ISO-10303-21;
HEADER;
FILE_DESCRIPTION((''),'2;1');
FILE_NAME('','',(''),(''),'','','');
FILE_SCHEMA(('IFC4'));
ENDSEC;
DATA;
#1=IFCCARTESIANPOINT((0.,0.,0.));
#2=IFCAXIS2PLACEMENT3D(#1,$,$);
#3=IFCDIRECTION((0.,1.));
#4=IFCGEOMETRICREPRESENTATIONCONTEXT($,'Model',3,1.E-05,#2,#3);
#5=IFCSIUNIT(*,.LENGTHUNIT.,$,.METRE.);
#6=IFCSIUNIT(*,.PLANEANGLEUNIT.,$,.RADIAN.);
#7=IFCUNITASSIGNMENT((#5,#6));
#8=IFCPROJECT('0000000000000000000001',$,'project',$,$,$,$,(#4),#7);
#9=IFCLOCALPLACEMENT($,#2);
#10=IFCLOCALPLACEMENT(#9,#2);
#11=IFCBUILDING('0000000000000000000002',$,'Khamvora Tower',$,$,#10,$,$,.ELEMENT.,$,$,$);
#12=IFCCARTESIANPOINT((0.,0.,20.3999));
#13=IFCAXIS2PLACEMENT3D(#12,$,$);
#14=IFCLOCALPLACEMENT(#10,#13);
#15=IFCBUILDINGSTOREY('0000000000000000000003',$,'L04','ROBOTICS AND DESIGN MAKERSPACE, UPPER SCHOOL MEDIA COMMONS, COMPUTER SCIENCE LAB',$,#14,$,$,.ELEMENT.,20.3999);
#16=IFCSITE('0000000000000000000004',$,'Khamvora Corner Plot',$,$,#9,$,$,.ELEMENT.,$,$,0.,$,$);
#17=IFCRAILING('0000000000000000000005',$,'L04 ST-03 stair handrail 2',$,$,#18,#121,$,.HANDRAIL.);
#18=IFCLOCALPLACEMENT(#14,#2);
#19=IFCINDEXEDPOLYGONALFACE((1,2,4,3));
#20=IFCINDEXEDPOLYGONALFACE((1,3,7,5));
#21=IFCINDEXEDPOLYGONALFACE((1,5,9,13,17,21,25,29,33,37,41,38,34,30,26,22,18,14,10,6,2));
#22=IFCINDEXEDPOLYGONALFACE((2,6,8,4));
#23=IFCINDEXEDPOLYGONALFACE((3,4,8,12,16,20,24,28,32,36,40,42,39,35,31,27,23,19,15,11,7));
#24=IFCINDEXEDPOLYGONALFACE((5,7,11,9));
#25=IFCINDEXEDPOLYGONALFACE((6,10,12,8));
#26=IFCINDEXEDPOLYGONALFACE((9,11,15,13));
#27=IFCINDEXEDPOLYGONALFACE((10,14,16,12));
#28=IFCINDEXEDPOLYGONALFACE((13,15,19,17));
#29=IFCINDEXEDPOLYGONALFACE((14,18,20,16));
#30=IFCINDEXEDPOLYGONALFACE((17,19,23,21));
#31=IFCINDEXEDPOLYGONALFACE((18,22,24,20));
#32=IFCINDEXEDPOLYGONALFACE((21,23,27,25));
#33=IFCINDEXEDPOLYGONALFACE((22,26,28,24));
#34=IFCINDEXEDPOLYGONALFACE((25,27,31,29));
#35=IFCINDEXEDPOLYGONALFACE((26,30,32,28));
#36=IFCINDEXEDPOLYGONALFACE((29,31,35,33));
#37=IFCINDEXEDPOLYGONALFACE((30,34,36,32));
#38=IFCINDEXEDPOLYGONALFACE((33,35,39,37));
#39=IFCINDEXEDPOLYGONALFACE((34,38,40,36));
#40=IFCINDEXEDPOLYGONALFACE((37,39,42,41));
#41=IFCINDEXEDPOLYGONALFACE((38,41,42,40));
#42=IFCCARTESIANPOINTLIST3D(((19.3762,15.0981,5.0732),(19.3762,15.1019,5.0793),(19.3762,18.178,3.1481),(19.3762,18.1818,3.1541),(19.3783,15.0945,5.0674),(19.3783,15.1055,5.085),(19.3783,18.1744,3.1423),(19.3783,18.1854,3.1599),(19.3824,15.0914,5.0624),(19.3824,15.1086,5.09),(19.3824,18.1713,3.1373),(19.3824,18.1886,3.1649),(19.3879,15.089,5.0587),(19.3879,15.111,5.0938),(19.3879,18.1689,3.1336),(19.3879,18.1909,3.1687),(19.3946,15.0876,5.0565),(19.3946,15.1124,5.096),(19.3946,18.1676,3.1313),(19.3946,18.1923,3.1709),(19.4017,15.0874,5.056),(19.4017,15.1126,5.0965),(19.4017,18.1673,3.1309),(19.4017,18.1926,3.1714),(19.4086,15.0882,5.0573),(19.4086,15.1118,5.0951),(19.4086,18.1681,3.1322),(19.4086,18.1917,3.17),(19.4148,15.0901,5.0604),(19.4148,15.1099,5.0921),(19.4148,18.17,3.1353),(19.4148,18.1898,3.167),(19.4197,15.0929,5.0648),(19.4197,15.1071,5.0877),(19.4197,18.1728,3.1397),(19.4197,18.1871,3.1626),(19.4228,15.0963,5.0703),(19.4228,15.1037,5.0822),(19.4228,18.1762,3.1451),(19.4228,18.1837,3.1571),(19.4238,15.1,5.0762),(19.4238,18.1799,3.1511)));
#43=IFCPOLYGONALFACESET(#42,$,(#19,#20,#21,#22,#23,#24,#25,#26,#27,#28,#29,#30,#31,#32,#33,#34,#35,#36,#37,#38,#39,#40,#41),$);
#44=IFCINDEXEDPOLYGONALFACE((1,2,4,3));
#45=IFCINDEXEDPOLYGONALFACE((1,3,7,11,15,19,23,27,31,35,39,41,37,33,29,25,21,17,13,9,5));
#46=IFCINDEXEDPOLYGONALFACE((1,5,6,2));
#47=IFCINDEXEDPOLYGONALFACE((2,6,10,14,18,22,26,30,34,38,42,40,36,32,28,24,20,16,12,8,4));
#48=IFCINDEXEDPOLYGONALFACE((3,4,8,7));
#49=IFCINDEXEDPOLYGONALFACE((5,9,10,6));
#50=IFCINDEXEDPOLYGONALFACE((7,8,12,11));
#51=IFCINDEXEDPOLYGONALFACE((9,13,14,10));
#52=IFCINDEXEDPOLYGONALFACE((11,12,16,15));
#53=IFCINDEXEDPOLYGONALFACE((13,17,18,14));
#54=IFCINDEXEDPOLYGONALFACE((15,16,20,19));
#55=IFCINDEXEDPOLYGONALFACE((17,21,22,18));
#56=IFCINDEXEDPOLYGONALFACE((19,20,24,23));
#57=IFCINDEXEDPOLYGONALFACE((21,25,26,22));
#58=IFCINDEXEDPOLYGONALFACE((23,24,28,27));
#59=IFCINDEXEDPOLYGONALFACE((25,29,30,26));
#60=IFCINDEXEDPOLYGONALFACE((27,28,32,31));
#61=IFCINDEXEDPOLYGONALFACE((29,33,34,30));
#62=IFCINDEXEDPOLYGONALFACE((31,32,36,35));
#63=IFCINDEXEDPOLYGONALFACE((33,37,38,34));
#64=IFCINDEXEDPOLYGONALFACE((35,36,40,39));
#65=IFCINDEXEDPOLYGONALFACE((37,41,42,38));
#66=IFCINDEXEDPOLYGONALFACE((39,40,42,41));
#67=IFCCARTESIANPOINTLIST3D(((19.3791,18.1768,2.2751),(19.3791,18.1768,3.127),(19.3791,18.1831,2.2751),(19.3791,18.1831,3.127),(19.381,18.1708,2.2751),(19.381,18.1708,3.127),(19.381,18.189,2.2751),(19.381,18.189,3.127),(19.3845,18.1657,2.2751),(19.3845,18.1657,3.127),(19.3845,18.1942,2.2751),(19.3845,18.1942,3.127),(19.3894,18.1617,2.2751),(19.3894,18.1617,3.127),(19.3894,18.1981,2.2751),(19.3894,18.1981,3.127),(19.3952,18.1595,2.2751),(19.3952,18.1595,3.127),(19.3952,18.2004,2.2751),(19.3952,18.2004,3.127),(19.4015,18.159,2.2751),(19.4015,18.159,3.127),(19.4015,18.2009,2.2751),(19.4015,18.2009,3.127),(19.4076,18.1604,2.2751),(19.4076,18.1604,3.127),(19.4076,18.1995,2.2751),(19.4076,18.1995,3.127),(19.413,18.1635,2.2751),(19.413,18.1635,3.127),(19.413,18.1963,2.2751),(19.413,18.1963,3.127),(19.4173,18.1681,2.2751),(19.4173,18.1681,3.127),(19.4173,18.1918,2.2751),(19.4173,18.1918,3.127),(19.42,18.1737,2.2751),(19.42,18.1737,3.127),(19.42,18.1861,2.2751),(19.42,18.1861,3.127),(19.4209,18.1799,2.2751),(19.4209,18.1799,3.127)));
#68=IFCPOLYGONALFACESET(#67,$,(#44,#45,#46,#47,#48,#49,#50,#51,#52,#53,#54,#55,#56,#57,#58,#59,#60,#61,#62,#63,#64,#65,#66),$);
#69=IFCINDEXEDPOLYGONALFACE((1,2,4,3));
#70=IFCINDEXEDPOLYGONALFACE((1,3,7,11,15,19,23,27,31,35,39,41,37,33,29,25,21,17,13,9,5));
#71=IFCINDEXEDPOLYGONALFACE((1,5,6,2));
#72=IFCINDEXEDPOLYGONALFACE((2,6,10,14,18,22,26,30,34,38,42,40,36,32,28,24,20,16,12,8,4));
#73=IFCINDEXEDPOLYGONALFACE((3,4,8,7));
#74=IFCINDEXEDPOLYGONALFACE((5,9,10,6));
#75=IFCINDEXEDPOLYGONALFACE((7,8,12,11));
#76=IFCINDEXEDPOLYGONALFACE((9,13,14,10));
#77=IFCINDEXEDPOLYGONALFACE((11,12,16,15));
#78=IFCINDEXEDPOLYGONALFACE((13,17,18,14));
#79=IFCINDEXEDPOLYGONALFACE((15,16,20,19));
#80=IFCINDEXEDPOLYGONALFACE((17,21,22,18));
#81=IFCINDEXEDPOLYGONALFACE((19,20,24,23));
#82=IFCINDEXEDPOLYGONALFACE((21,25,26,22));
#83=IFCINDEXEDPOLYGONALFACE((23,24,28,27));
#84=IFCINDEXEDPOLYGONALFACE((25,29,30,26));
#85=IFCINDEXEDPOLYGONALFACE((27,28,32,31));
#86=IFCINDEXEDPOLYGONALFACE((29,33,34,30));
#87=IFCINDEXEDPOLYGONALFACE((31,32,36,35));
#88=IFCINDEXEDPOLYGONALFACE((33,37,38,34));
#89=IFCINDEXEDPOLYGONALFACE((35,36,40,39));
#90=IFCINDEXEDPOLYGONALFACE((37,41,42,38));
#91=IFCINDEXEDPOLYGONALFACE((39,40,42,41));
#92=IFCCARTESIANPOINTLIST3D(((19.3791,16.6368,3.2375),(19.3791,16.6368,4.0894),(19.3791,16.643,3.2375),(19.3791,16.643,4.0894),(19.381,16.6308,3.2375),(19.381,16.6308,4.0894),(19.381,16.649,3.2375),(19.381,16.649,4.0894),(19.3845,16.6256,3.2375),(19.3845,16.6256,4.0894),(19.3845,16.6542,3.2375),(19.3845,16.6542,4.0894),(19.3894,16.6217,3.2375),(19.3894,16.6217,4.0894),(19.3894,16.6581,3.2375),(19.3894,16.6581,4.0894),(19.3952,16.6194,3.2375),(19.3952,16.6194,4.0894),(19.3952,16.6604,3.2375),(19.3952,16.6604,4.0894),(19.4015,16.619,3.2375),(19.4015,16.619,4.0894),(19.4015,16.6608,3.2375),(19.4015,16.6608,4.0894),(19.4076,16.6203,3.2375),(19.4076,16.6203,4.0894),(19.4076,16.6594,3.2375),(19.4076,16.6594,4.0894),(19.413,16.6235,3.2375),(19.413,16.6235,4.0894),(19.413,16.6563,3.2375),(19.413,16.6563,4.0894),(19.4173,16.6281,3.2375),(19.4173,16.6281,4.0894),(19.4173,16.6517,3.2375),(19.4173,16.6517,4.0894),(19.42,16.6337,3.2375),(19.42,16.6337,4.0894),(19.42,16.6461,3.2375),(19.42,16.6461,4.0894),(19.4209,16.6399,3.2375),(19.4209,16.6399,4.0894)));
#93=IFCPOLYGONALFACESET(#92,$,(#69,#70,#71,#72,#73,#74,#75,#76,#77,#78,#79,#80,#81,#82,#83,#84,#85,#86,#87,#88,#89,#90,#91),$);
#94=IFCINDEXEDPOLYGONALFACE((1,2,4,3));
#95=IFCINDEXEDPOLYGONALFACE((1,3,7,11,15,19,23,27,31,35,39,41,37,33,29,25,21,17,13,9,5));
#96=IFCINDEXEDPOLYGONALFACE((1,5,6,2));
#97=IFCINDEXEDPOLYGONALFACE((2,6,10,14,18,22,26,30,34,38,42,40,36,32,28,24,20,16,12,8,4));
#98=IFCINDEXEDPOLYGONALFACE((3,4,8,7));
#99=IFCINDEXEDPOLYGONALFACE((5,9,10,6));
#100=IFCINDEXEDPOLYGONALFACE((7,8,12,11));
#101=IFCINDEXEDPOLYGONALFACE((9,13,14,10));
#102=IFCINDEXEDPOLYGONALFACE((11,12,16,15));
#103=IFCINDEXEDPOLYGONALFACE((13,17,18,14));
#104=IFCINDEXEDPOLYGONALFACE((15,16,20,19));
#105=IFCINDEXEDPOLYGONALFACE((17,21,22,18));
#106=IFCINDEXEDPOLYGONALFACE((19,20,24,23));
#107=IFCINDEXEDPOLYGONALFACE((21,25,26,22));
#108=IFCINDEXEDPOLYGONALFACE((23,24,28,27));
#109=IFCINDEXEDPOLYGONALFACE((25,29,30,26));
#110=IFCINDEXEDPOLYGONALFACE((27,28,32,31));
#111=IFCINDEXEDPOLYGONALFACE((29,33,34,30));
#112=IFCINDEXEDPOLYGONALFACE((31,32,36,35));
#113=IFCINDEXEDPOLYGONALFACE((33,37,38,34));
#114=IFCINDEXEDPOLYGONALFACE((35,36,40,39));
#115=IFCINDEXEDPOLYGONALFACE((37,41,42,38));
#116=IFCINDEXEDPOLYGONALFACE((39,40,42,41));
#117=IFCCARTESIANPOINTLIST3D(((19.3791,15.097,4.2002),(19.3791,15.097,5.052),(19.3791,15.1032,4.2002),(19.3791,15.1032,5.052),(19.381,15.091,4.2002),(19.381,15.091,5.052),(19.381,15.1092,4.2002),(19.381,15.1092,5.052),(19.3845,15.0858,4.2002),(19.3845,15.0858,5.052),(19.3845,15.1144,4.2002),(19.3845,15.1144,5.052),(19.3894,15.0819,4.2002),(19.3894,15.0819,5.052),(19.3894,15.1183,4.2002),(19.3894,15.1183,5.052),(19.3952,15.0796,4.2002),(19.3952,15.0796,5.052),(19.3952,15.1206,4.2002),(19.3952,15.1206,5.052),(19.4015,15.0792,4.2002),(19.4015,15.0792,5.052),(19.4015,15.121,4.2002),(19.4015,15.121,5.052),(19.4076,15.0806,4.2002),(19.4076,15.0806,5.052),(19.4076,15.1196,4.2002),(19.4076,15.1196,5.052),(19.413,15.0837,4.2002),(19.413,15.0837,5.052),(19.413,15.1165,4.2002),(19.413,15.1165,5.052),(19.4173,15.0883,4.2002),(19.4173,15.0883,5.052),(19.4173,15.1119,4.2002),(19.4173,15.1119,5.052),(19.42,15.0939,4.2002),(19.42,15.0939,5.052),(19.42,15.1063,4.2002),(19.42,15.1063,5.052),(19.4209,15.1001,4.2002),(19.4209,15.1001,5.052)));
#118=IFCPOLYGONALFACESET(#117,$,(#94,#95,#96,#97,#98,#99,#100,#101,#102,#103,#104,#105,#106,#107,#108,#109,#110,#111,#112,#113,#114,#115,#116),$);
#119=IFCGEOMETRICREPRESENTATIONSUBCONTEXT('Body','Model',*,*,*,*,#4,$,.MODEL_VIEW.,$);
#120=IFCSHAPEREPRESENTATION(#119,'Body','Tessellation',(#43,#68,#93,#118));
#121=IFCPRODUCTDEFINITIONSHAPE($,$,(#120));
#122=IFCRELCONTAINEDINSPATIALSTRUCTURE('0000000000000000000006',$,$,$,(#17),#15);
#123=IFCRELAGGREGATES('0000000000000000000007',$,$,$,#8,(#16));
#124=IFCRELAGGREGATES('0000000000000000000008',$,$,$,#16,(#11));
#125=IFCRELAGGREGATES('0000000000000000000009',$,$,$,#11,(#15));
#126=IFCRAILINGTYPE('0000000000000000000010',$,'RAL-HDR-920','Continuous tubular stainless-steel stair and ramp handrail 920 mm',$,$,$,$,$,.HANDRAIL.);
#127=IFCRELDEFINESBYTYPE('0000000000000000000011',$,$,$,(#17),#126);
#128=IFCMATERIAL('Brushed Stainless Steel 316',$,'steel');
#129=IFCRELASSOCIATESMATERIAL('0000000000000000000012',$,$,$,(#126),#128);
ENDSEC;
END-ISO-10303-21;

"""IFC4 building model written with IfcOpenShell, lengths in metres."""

from ifc_helpers import new_model, si_unit, direction, frame, origin, origin_2d, place, context, subcontext, project, spatial, circle, extrude, material, type_object, element, save


model = new_model("IFC4")

# Units and contexts
model_context = context("Model", 3, precision=1e-05, world=origin(), true_north=direction((0.0, 1.0)))
body_context = subcontext(model_context, "Body", "Model", "MODEL_VIEW")
ifc_project = project(units=[si_unit("LENGTHUNIT", "METRE"), si_unit("PLANEANGLEUNIT", "RADIAN")], contexts=[model_context])

# Site, building, storey
site_placement = place(None, origin())
site = spatial("IfcSite", under=ifc_project, at=site_placement, Name="Khamvora Corner Plot", CompositionType="ELEMENT", RefElevation=0.0)
building_placement = place(site_placement, origin())
building = spatial("IfcBuilding", under=site, at=building_placement, Name="Khamvora Tower", CompositionType="ELEMENT")
storey_placement = place(building_placement, frame((0.0, 0.0, 20.3999)))
storey = spatial("IfcBuildingStorey", under=building, at=storey_placement, Name="L04", Description="ROBOTICS AND DESIGN MAKERSPACE, UPPER SCHOOL MEDIA COMMONS, COMPUTER SCIENCE LAB", CompositionType="ELEMENT", Elevation=20.3999)

# Railing
ifc_material_1 = material(Name="Brushed Stainless Steel 316", Category="steel")
railing_type_1 = type_object("IfcRailingType", Name="RAL-HDR-920", Description="Continuous tubular stainless-steel stair and ramp handrail 920 mm", PredefinedType="HANDRAIL", material=ifc_material_1)
railing_1_placement = place(storey_placement, frame((19.3999, 18.1799, 2.2751)))
element("IfcRailing", 1, at=railing_1_placement, inside=storey, type_object=railing_type_1, Name="L04 ST-03 stair handrail 2", PredefinedType="HANDRAIL", context=body_context, shape_type="SweptSolid", body=[
    extrude(circle(Radius=0.0239, at=origin_2d()), frame((0.0, 0.0, 0.876), z_axis=(0.0, -0.847979, 0.530029), x_axis=(1.0, 0.0, 0.0)), (0.0, 0.0, 1.0), 3.6321),
    extrude(circle(Radius=0.021, at=origin_2d()), origin(), (0.0, 0.0, 1.0), 0.8518),
    extrude(circle(Radius=0.021, at=origin_2d()), frame((0.0, -1.54, 0.9624)), (0.0, 0.0, 1.0), 0.8518),
    extrude(circle(Radius=0.021, at=origin_2d()), frame((0.0, -3.0798, 1.925)), (0.0, 0.0, 1.0), 0.8518),
])

save(model, "model.ifc")
